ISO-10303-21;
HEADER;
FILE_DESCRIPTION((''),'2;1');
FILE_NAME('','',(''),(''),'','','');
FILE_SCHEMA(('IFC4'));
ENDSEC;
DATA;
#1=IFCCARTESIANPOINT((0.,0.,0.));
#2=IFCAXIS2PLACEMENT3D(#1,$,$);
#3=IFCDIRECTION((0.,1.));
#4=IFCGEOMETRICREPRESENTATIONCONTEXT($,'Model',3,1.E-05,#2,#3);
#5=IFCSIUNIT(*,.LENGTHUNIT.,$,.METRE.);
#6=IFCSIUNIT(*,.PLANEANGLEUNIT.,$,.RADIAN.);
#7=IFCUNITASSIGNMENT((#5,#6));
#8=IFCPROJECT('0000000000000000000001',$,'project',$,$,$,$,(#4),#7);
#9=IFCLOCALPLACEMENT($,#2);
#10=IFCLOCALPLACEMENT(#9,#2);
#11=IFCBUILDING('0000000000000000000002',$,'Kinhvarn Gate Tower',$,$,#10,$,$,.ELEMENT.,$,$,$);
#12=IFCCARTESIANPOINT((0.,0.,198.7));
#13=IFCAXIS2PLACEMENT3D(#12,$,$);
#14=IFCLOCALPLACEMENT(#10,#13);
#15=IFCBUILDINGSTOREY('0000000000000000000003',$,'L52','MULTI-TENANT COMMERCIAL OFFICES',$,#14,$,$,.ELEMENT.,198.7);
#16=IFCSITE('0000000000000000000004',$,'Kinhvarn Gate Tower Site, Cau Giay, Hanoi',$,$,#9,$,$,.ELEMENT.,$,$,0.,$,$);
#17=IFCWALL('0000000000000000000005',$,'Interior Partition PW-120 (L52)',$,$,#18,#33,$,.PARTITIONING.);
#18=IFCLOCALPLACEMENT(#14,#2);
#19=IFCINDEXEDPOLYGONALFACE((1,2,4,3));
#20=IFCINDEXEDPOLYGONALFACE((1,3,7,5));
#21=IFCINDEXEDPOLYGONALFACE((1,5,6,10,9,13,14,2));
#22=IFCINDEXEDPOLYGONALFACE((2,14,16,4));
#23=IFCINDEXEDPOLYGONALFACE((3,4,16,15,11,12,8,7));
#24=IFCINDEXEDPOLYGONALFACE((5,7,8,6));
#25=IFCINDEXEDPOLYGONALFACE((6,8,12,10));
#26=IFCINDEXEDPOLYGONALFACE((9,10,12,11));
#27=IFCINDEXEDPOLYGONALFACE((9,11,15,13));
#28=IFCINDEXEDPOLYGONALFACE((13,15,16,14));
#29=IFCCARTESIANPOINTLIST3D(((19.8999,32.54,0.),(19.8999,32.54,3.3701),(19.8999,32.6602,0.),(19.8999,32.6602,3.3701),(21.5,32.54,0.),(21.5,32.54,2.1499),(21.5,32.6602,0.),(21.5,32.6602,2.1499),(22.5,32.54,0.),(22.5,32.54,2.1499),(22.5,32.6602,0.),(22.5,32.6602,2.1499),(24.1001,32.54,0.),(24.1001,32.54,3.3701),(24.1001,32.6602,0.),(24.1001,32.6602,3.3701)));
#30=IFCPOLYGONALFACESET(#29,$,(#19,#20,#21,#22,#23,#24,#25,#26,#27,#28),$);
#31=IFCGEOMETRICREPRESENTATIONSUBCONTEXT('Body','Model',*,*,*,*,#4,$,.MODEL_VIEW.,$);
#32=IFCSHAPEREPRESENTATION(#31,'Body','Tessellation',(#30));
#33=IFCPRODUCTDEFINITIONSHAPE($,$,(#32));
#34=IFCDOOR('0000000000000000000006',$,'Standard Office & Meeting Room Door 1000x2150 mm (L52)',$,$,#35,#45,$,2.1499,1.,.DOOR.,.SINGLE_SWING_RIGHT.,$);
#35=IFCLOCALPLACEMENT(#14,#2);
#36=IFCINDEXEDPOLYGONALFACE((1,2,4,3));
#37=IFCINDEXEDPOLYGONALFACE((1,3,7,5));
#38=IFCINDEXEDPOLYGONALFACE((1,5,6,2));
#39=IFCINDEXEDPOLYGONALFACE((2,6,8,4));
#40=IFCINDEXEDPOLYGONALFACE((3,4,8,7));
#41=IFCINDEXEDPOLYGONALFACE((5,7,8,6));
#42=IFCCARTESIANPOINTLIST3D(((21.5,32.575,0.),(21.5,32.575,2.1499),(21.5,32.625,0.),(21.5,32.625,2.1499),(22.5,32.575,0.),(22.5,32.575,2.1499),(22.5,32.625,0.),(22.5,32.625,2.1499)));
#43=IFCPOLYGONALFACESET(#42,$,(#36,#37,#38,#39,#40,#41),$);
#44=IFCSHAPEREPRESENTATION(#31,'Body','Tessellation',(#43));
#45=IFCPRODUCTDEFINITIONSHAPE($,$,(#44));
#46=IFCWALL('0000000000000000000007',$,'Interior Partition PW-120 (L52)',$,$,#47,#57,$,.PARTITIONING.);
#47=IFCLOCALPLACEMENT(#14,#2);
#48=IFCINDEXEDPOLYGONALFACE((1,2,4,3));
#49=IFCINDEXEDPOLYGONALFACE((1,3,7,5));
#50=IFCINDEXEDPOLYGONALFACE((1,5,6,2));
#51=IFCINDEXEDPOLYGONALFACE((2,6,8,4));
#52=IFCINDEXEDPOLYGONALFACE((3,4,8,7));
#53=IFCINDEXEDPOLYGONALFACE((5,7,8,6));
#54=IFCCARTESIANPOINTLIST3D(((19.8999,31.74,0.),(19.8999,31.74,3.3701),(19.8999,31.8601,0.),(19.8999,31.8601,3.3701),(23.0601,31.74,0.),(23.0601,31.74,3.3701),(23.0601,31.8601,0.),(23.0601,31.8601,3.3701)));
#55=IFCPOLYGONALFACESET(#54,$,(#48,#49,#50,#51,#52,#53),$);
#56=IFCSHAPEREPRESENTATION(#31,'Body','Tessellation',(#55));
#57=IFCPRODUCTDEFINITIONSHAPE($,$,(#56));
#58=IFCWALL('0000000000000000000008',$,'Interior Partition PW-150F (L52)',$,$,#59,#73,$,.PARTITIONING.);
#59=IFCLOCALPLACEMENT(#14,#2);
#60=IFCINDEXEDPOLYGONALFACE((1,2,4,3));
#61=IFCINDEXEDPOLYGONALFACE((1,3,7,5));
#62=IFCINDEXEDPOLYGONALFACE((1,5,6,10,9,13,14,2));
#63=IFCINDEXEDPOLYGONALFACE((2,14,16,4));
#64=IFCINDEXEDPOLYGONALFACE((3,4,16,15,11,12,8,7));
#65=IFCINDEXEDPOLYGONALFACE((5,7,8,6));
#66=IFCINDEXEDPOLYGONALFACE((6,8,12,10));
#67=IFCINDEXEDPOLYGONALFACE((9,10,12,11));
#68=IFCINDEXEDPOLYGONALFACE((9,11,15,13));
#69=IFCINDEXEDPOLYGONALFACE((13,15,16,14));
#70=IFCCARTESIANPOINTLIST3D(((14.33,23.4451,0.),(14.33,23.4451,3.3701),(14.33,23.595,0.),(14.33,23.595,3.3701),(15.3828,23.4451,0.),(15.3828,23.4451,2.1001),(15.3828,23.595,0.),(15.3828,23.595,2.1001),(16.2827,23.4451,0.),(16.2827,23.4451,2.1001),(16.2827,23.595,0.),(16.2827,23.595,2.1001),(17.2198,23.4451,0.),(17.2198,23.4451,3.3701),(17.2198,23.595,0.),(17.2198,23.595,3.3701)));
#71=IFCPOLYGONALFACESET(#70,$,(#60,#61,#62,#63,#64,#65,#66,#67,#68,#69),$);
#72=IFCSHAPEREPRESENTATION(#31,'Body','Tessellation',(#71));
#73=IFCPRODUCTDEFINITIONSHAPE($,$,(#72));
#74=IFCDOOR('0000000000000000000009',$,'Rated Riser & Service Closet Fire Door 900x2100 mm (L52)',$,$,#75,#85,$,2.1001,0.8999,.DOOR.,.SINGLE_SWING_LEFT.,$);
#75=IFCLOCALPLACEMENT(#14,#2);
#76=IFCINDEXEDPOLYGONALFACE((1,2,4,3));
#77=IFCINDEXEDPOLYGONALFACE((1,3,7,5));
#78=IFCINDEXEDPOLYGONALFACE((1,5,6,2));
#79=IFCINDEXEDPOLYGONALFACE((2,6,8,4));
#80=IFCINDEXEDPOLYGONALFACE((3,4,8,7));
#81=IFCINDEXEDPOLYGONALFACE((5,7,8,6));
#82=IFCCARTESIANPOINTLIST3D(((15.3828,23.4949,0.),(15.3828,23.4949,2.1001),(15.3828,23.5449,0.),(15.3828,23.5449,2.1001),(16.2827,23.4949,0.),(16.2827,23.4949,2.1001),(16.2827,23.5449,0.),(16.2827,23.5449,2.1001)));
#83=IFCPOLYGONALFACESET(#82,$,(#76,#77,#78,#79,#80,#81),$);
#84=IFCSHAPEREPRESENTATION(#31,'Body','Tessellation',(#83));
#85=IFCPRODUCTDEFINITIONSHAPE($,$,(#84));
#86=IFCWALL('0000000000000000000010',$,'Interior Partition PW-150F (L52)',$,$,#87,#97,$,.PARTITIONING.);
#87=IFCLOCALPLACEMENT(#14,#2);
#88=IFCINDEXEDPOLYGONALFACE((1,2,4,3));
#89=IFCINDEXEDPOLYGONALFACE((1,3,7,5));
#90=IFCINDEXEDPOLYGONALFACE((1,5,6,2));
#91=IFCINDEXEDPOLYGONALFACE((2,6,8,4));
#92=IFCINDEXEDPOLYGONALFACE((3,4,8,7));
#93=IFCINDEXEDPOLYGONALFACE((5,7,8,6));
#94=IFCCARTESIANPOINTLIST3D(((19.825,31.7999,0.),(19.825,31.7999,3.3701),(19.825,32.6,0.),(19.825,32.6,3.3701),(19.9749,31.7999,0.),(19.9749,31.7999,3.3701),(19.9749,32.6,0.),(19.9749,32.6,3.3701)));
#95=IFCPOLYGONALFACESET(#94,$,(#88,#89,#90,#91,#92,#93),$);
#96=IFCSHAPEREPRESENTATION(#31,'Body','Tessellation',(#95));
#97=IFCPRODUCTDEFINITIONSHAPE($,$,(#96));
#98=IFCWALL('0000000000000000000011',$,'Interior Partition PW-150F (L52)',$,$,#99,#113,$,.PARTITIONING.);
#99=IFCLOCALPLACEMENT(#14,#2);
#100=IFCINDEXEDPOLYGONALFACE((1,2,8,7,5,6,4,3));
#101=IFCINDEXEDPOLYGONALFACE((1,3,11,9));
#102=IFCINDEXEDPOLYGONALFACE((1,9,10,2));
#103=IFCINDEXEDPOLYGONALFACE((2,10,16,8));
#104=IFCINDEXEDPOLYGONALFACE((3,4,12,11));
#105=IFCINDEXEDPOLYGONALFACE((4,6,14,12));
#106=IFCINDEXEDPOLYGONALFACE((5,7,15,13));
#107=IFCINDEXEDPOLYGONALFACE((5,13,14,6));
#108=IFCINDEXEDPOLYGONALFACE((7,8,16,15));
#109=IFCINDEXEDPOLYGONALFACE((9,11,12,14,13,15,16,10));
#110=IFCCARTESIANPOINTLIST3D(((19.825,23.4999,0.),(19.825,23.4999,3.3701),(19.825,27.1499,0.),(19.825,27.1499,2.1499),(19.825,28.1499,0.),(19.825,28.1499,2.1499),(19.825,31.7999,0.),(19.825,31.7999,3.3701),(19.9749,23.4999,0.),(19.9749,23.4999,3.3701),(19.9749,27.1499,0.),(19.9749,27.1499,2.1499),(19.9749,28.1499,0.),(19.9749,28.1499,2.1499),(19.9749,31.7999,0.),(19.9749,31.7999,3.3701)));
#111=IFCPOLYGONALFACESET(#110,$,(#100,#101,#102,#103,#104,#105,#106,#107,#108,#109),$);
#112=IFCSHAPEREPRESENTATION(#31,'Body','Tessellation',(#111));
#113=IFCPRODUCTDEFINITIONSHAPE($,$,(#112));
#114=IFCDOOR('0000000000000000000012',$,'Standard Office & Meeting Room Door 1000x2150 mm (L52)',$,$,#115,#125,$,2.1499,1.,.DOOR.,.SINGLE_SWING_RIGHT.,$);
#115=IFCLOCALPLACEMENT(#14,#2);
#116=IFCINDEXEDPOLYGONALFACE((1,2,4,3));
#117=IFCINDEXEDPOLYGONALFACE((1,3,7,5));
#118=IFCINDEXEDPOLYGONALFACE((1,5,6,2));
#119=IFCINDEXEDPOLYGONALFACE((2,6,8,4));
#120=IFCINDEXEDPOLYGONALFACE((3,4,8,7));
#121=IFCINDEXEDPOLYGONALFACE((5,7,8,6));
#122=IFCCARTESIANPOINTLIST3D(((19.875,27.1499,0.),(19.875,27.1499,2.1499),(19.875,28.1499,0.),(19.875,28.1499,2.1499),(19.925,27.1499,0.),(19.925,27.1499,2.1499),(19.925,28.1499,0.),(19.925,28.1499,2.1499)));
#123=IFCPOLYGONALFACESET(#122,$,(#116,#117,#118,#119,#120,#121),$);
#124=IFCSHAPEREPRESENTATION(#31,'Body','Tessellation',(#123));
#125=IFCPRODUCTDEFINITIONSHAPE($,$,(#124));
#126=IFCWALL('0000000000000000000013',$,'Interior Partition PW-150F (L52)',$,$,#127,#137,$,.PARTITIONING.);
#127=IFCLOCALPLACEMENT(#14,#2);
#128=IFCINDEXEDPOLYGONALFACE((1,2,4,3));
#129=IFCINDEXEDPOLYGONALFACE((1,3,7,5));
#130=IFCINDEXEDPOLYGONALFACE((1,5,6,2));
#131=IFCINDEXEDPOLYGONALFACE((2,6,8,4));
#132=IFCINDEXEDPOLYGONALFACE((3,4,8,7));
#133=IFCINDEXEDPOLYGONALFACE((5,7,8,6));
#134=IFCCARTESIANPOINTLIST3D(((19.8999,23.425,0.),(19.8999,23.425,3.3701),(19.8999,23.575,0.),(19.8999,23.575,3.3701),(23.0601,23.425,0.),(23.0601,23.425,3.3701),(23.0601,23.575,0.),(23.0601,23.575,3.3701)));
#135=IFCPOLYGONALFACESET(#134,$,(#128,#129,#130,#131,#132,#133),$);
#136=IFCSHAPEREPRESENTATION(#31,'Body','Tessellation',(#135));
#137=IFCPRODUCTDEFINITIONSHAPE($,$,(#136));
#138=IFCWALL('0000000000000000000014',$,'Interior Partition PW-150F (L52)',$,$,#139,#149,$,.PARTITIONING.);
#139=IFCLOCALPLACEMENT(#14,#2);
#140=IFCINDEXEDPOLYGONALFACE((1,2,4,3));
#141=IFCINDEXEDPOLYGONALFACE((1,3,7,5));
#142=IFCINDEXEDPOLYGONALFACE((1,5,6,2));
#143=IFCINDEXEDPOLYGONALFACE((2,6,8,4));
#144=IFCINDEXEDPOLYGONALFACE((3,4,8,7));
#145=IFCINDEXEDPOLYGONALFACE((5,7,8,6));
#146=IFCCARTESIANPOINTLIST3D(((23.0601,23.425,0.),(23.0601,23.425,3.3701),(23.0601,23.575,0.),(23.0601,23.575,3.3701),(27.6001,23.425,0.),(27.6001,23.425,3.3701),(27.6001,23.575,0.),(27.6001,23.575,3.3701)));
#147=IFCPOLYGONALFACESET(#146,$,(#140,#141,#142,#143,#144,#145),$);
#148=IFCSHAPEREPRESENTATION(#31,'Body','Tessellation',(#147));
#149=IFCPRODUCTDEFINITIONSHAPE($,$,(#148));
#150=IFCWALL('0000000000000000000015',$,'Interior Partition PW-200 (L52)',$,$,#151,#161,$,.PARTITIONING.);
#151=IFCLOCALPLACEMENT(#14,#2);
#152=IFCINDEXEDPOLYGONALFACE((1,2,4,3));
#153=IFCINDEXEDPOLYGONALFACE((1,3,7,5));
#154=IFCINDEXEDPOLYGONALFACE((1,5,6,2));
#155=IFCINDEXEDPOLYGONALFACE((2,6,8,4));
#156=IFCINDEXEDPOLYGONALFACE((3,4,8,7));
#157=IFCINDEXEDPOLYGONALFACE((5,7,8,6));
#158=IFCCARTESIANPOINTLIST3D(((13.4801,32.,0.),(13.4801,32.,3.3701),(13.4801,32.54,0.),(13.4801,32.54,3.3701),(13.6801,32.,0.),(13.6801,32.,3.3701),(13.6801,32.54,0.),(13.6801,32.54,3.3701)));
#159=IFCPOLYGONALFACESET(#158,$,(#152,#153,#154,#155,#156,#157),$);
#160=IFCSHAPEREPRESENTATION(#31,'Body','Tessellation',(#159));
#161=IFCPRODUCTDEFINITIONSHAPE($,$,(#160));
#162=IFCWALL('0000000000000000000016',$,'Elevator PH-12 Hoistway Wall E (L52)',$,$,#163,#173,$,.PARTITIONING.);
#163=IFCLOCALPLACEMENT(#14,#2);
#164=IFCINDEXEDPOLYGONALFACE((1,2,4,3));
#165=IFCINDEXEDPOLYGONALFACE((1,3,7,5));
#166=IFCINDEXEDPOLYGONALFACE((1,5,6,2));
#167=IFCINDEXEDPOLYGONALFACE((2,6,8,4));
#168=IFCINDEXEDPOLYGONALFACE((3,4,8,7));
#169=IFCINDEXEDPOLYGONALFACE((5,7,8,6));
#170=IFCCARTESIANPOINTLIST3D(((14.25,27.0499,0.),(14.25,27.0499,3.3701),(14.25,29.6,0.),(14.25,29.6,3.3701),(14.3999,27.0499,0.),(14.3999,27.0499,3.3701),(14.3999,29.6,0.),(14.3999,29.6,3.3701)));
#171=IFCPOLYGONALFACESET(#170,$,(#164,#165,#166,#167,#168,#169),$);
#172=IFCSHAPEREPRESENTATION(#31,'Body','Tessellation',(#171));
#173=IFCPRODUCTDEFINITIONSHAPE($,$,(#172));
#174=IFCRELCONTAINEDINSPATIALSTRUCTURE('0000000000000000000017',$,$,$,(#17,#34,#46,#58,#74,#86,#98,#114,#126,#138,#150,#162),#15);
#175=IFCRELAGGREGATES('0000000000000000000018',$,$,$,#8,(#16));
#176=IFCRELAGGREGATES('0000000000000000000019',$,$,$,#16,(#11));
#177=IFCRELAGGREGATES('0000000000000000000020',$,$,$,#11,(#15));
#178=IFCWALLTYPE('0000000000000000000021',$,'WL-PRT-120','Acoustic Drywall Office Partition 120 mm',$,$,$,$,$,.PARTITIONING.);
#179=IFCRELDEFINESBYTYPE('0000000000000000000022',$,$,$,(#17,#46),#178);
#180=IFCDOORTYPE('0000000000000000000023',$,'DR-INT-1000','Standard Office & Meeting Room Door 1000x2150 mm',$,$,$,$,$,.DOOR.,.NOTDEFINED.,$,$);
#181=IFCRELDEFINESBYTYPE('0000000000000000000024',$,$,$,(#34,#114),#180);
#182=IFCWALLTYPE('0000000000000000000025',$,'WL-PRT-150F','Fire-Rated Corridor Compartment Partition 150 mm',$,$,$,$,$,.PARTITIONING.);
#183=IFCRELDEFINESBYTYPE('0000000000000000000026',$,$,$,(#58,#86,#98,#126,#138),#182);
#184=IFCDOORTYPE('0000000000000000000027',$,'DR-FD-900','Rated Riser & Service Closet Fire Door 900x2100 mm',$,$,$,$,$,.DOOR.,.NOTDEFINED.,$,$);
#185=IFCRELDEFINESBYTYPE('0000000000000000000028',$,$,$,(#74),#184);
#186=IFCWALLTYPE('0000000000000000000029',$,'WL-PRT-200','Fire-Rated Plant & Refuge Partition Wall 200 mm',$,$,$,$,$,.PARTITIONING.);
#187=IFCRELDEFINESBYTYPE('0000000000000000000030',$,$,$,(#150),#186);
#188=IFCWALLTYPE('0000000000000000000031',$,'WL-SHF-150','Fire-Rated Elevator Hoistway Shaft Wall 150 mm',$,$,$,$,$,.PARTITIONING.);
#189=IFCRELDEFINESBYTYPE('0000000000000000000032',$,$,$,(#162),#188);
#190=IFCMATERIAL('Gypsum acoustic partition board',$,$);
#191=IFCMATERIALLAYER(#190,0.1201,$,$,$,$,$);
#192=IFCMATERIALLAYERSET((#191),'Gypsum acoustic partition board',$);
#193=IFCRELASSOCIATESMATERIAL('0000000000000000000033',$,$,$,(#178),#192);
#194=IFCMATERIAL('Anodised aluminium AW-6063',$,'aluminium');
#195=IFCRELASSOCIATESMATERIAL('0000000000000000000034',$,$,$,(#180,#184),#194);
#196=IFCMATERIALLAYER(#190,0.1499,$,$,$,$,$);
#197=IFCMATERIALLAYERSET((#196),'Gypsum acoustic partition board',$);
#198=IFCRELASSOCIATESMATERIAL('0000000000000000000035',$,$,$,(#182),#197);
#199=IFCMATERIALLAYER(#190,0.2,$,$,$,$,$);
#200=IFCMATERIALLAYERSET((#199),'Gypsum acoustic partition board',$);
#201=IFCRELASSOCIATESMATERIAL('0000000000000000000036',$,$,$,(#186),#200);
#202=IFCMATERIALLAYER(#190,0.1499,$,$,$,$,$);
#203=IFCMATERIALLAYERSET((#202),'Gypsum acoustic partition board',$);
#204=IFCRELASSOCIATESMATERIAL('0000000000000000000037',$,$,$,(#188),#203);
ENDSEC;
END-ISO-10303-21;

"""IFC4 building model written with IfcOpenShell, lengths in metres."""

from ifc_helpers import new_model, si_unit, direction, frame, frame_2d, origin, place, context, subcontext, project, spatial, rectangle, extrude, material, layer, layer_set, type_object, element, fill, save


model = new_model("IFC4")

# Units and contexts
model_context = context("Model", 3, precision=1e-05, world=origin(), true_north=direction((0.0, 1.0)))
body_context = subcontext(model_context, "Body", "Model", "MODEL_VIEW")
ifc_project = project(units=[si_unit("LENGTHUNIT", "METRE"), si_unit("PLANEANGLEUNIT", "RADIAN")], contexts=[model_context])

# Site, building, storey
site_placement = place(None, origin())
site = spatial("IfcSite", under=ifc_project, at=site_placement, Name="Kinhvarn Gate Tower Site, Cau Giay, Hanoi", CompositionType="ELEMENT", RefElevation=0.0)
building_placement = place(site_placement, origin())
building = spatial("IfcBuilding", under=site, at=building_placement, Name="Kinhvarn Gate Tower", CompositionType="ELEMENT")
storey_placement = place(building_placement, frame((0.0, 0.0, 198.7)))
storey = spatial("IfcBuildingStorey", under=building, at=storey_placement, Name="L52", Description="MULTI-TENANT COMMERCIAL OFFICES", CompositionType="ELEMENT", Elevation=198.7)

# Wall, opening, door
ifc_material_1 = material(Name="Anodised aluminium AW-6063", Category="aluminium")
ifc_material_2 = material(Name="Gypsum acoustic partition board")
ifc_layer_1 = layer(ifc_material_2, 0.1201)
ifc_layer_set_1 = layer_set([ifc_layer_1], Name="Gypsum acoustic partition board")
wall_type_1 = type_object("IfcWallType", Name="WL-PRT-120", Description="Acoustic Drywall Office Partition 120 mm", PredefinedType="PARTITIONING", material=ifc_layer_set_1)
wall_1_placement = place(storey_placement, frame((19.8999, 32.6001, 0.0), z_axis=(0.0, 0.0, 1.0), x_axis=(1.0, 0.0, 0.0)))
wall_1 = element("IfcWall", 1, at=wall_1_placement, inside=storey, type_object=wall_type_1, Name="Interior Partition PW-120 (L52)", PredefinedType="PARTITIONING", context=body_context, shape_type="SweptSolid", body=[
    extrude(rectangle(XDim=4.2002, YDim=0.1201, at=frame_2d((2.1001, 0.0))), origin(), (0.0, 0.0, 1.0), 3.3701),
])
opening_1_placement = place(wall_1_placement, frame((1.6001, 0.0, 0.0)))
opening_1 = element("IfcOpeningElement", 2, at=opening_1_placement, cuts=wall_1, PredefinedType="OPENING", context=body_context, shape_type="SweptSolid", body=[
    extrude(rectangle(XDim=1.0, YDim=2.1499, at=frame_2d((0.5, 1.075))), frame((0.0, 0.0701, 0.0), z_axis=(0.0, -1.0, 0.0), x_axis=(1.0, 0.0, 0.0)), (0.0, 0.0, 1.0), 0.1401),
])
door_type_1 = type_object("IfcDoorType", Name="DR-INT-1000", Description="Standard Office & Meeting Room Door 1000x2150 mm", OperationType="NOTDEFINED", PredefinedType="DOOR", material=ifc_material_1)
door_1_placement = place(opening_1_placement, origin())
door_1 = element("IfcDoor", 3, at=door_1_placement, inside=storey, type_object=door_type_1, Name="Standard Office & Meeting Room Door 1000x2150 mm (L52)", OperationType="SINGLE_SWING_RIGHT", OverallHeight=2.1499, OverallWidth=1.0, PredefinedType="DOOR", context=body_context, shape_type="SweptSolid", body=[
    extrude(rectangle(XDim=1.0, YDim=2.1499, at=frame_2d((0.5, 1.075))), frame((0.0, 0.0249, 0.0), z_axis=(0.0, -1.0, 0.0), x_axis=(1.0, 0.0, 0.0)), (0.0, 0.0, 1.0), 0.05),
])
fill(opening_1, door_1)

# Wall
wall_2_placement = place(storey_placement, frame((19.8999, 31.8, 0.0), z_axis=(0.0, 0.0, 1.0), x_axis=(1.0, 0.0, 0.0)))
element("IfcWall", 4, at=wall_2_placement, inside=storey, type_object=wall_type_1, Name="Interior Partition PW-120 (L52)", PredefinedType="PARTITIONING", context=body_context, shape_type="SweptSolid", body=[
    extrude(rectangle(XDim=3.1602, YDim=0.1201, at=frame_2d((1.5801, 0.0))), origin(), (0.0, 0.0, 1.0), 3.3701),
])

# Wall, opening, door
ifc_layer_2 = layer(ifc_material_2, 0.1499)
ifc_layer_set_2 = layer_set([ifc_layer_2], Name="Gypsum acoustic partition board")
wall_type_2 = type_object("IfcWallType", Name="WL-PRT-150F", Description="Fire-Rated Corridor Compartment Partition 150 mm", PredefinedType="PARTITIONING", material=ifc_layer_set_2)
wall_3_placement = place(storey_placement, frame((14.3301, 23.52, 0.0), z_axis=(0.0, 0.0, 1.0), x_axis=(1.0, 0.0, 0.0)))
wall_3 = element("IfcWall", 5, at=wall_3_placement, inside=storey, type_object=wall_type_2, Name="Interior Partition PW-150F (L52)", PredefinedType="PARTITIONING", context=body_context, shape_type="SweptSolid", body=[
    extrude(rectangle(XDim=2.8899, YDim=0.1499, at=frame_2d((1.4448, 0.0))), origin(), (0.0, 0.0, 1.0), 3.3701),
])
opening_2_placement = place(wall_3_placement, frame((1.0527, 0.0, 0.0)))
opening_2 = element("IfcOpeningElement", 6, at=opening_2_placement, cuts=wall_3, PredefinedType="OPENING", context=body_context, shape_type="SweptSolid", body=[
    extrude(rectangle(XDim=0.8999, YDim=2.1001, at=frame_2d((0.45, 1.05))), frame((0.0, 0.085, 0.0), z_axis=(0.0, -1.0, 0.0), x_axis=(1.0, 0.0, 0.0)), (0.0, 0.0, 1.0), 0.1699),
])
door_type_2 = type_object("IfcDoorType", Name="DR-FD-900", Description="Rated Riser & Service Closet Fire Door 900x2100 mm", OperationType="NOTDEFINED", PredefinedType="DOOR", material=ifc_material_1)
door_2_placement = place(opening_2_placement, origin())
door_2 = element("IfcDoor", 7, at=door_2_placement, inside=storey, type_object=door_type_2, Name="Rated Riser & Service Closet Fire Door 900x2100 mm (L52)", OperationType="SINGLE_SWING_LEFT", OverallHeight=2.1001, OverallWidth=0.8999, PredefinedType="DOOR", context=body_context, shape_type="SweptSolid", body=[
    extrude(rectangle(XDim=0.8999, YDim=2.1001, at=frame_2d((0.45, 1.05))), frame((0.0, 0.0249, 0.0), z_axis=(0.0, -1.0, 0.0), x_axis=(1.0, 0.0, 0.0)), (0.0, 0.0, 1.0), 0.05),
])
fill(opening_2, door_2)

# Wall
wall_4_placement = place(storey_placement, frame((19.8999, 31.8, 0.0), z_axis=(0.0, 0.0, 1.0), x_axis=(0.0, 1.0, 0.0)))
element("IfcWall", 8, at=wall_4_placement, inside=storey, type_object=wall_type_2, Name="Interior Partition PW-150F (L52)", PredefinedType="PARTITIONING", context=body_context, shape_type="SweptSolid", body=[
    extrude(rectangle(XDim=0.8, YDim=0.1499, at=frame_2d((0.3999, 0.0))), origin(), (0.0, 0.0, 1.0), 3.3701),
])

# Wall, opening, door
wall_5_placement = place(storey_placement, frame((19.8999, 23.5, 0.0), z_axis=(0.0, 0.0, 1.0), x_axis=(0.0, 1.0, 0.0)))
wall_5 = element("IfcWall", 9, at=wall_5_placement, inside=storey, type_object=wall_type_2, Name="Interior Partition PW-150F (L52)", PredefinedType="PARTITIONING", context=body_context, shape_type="SweptSolid", body=[
    extrude(rectangle(XDim=8.3, YDim=0.1499, at=frame_2d((4.1499, 0.0))), origin(), (0.0, 0.0, 1.0), 3.3701),
])
opening_3_placement = place(wall_5_placement, frame((3.6499, 0.0, 0.0)))
opening_3 = element("IfcOpeningElement", 10, at=opening_3_placement, cuts=wall_5, PredefinedType="OPENING", context=body_context, shape_type="SweptSolid", body=[
    extrude(rectangle(XDim=1.0, YDim=2.1499, at=frame_2d((0.5, 1.075))), frame((0.0, 0.085, 0.0), z_axis=(0.0, -1.0, 0.0), x_axis=(1.0, 0.0, 0.0)), (0.0, 0.0, 1.0), 0.1699),
])
door_3_placement = place(opening_3_placement, origin())
door_3 = element("IfcDoor", 11, at=door_3_placement, inside=storey, type_object=door_type_1, Name="Standard Office & Meeting Room Door 1000x2150 mm (L52)", OperationType="SINGLE_SWING_RIGHT", OverallHeight=2.1499, OverallWidth=1.0, PredefinedType="DOOR", context=body_context, shape_type="SweptSolid", body=[
    extrude(rectangle(XDim=1.0, YDim=2.1499, at=frame_2d((0.5, 1.075))), frame((0.0, 0.0249, 0.0), z_axis=(0.0, -1.0, 0.0), x_axis=(1.0, 0.0, 0.0)), (0.0, 0.0, 1.0), 0.05),
])
fill(opening_3, door_3)

# Walls
wall_6_placement = place(storey_placement, frame((19.8999, 23.5, 0.0), z_axis=(0.0, 0.0, 1.0), x_axis=(1.0, 0.0, 0.0)))
element("IfcWall", 12, at=wall_6_placement, inside=storey, type_object=wall_type_2, Name="Interior Partition PW-150F (L52)", PredefinedType="PARTITIONING", context=body_context, shape_type="SweptSolid", body=[
    extrude(rectangle(XDim=3.1602, YDim=0.1499, at=frame_2d((1.5801, 0.0))), origin(), (0.0, 0.0, 1.0), 3.3701),
])
wall_7_placement = place(storey_placement, frame((23.0601, 23.5, 0.0), z_axis=(0.0, 0.0, 1.0), x_axis=(1.0, 0.0, 0.0)))
element("IfcWall", 13, at=wall_7_placement, inside=storey, type_object=wall_type_2, Name="Interior Partition PW-150F (L52)", PredefinedType="PARTITIONING", context=body_context, shape_type="SweptSolid", body=[
    extrude(rectangle(XDim=4.54, YDim=0.1499, at=frame_2d((2.27, 0.0))), origin(), (0.0, 0.0, 1.0), 3.3701),
])
ifc_layer_3 = layer(ifc_material_2, 0.2)
ifc_layer_set_3 = layer_set([ifc_layer_3], Name="Gypsum acoustic partition board")
wall_type_3 = type_object("IfcWallType", Name="WL-PRT-200", Description="Fire-Rated Plant & Refuge Partition Wall 200 mm", PredefinedType="PARTITIONING", material=ifc_layer_set_3)
wall_8_placement = place(storey_placement, frame((13.5801, 32.0, 0.0), z_axis=(0.0, 0.0, 1.0), x_axis=(0.0, 1.0, 0.0)))
element("IfcWall", 14, at=wall_8_placement, inside=storey, type_object=wall_type_3, Name="Interior Partition PW-200 (L52)", PredefinedType="PARTITIONING", context=body_context, shape_type="SweptSolid", body=[
    extrude(rectangle(XDim=0.54, YDim=0.2, at=frame_2d((0.27, 0.0))), origin(), (0.0, 0.0, 1.0), 3.3701),
])
ifc_layer_4 = layer(ifc_material_2, 0.1499)
ifc_layer_set_4 = layer_set([ifc_layer_4], Name="Gypsum acoustic partition board")
wall_type_4 = type_object("IfcWallType", Name="WL-SHF-150", Description="Fire-Rated Elevator Hoistway Shaft Wall 150 mm", PredefinedType="PARTITIONING", material=ifc_layer_set_4)
wall_9_placement = place(storey_placement, frame((14.325, 27.05, 0.0), z_axis=(0.0, 0.0, 1.0), x_axis=(0.0, 1.0, 0.0)))
element("IfcWall", 15, at=wall_9_placement, inside=storey, type_object=wall_type_4, Name="Elevator PH-12 Hoistway Wall E (L52)", PredefinedType="PARTITIONING", context=body_context, shape_type="SweptSolid", body=[
    extrude(rectangle(XDim=2.55, YDim=0.1499, at=frame_2d((1.2749, 0.0))), origin(), (0.0, 0.0, 1.0), 3.3701),
])

save(model, "model.ifc")
